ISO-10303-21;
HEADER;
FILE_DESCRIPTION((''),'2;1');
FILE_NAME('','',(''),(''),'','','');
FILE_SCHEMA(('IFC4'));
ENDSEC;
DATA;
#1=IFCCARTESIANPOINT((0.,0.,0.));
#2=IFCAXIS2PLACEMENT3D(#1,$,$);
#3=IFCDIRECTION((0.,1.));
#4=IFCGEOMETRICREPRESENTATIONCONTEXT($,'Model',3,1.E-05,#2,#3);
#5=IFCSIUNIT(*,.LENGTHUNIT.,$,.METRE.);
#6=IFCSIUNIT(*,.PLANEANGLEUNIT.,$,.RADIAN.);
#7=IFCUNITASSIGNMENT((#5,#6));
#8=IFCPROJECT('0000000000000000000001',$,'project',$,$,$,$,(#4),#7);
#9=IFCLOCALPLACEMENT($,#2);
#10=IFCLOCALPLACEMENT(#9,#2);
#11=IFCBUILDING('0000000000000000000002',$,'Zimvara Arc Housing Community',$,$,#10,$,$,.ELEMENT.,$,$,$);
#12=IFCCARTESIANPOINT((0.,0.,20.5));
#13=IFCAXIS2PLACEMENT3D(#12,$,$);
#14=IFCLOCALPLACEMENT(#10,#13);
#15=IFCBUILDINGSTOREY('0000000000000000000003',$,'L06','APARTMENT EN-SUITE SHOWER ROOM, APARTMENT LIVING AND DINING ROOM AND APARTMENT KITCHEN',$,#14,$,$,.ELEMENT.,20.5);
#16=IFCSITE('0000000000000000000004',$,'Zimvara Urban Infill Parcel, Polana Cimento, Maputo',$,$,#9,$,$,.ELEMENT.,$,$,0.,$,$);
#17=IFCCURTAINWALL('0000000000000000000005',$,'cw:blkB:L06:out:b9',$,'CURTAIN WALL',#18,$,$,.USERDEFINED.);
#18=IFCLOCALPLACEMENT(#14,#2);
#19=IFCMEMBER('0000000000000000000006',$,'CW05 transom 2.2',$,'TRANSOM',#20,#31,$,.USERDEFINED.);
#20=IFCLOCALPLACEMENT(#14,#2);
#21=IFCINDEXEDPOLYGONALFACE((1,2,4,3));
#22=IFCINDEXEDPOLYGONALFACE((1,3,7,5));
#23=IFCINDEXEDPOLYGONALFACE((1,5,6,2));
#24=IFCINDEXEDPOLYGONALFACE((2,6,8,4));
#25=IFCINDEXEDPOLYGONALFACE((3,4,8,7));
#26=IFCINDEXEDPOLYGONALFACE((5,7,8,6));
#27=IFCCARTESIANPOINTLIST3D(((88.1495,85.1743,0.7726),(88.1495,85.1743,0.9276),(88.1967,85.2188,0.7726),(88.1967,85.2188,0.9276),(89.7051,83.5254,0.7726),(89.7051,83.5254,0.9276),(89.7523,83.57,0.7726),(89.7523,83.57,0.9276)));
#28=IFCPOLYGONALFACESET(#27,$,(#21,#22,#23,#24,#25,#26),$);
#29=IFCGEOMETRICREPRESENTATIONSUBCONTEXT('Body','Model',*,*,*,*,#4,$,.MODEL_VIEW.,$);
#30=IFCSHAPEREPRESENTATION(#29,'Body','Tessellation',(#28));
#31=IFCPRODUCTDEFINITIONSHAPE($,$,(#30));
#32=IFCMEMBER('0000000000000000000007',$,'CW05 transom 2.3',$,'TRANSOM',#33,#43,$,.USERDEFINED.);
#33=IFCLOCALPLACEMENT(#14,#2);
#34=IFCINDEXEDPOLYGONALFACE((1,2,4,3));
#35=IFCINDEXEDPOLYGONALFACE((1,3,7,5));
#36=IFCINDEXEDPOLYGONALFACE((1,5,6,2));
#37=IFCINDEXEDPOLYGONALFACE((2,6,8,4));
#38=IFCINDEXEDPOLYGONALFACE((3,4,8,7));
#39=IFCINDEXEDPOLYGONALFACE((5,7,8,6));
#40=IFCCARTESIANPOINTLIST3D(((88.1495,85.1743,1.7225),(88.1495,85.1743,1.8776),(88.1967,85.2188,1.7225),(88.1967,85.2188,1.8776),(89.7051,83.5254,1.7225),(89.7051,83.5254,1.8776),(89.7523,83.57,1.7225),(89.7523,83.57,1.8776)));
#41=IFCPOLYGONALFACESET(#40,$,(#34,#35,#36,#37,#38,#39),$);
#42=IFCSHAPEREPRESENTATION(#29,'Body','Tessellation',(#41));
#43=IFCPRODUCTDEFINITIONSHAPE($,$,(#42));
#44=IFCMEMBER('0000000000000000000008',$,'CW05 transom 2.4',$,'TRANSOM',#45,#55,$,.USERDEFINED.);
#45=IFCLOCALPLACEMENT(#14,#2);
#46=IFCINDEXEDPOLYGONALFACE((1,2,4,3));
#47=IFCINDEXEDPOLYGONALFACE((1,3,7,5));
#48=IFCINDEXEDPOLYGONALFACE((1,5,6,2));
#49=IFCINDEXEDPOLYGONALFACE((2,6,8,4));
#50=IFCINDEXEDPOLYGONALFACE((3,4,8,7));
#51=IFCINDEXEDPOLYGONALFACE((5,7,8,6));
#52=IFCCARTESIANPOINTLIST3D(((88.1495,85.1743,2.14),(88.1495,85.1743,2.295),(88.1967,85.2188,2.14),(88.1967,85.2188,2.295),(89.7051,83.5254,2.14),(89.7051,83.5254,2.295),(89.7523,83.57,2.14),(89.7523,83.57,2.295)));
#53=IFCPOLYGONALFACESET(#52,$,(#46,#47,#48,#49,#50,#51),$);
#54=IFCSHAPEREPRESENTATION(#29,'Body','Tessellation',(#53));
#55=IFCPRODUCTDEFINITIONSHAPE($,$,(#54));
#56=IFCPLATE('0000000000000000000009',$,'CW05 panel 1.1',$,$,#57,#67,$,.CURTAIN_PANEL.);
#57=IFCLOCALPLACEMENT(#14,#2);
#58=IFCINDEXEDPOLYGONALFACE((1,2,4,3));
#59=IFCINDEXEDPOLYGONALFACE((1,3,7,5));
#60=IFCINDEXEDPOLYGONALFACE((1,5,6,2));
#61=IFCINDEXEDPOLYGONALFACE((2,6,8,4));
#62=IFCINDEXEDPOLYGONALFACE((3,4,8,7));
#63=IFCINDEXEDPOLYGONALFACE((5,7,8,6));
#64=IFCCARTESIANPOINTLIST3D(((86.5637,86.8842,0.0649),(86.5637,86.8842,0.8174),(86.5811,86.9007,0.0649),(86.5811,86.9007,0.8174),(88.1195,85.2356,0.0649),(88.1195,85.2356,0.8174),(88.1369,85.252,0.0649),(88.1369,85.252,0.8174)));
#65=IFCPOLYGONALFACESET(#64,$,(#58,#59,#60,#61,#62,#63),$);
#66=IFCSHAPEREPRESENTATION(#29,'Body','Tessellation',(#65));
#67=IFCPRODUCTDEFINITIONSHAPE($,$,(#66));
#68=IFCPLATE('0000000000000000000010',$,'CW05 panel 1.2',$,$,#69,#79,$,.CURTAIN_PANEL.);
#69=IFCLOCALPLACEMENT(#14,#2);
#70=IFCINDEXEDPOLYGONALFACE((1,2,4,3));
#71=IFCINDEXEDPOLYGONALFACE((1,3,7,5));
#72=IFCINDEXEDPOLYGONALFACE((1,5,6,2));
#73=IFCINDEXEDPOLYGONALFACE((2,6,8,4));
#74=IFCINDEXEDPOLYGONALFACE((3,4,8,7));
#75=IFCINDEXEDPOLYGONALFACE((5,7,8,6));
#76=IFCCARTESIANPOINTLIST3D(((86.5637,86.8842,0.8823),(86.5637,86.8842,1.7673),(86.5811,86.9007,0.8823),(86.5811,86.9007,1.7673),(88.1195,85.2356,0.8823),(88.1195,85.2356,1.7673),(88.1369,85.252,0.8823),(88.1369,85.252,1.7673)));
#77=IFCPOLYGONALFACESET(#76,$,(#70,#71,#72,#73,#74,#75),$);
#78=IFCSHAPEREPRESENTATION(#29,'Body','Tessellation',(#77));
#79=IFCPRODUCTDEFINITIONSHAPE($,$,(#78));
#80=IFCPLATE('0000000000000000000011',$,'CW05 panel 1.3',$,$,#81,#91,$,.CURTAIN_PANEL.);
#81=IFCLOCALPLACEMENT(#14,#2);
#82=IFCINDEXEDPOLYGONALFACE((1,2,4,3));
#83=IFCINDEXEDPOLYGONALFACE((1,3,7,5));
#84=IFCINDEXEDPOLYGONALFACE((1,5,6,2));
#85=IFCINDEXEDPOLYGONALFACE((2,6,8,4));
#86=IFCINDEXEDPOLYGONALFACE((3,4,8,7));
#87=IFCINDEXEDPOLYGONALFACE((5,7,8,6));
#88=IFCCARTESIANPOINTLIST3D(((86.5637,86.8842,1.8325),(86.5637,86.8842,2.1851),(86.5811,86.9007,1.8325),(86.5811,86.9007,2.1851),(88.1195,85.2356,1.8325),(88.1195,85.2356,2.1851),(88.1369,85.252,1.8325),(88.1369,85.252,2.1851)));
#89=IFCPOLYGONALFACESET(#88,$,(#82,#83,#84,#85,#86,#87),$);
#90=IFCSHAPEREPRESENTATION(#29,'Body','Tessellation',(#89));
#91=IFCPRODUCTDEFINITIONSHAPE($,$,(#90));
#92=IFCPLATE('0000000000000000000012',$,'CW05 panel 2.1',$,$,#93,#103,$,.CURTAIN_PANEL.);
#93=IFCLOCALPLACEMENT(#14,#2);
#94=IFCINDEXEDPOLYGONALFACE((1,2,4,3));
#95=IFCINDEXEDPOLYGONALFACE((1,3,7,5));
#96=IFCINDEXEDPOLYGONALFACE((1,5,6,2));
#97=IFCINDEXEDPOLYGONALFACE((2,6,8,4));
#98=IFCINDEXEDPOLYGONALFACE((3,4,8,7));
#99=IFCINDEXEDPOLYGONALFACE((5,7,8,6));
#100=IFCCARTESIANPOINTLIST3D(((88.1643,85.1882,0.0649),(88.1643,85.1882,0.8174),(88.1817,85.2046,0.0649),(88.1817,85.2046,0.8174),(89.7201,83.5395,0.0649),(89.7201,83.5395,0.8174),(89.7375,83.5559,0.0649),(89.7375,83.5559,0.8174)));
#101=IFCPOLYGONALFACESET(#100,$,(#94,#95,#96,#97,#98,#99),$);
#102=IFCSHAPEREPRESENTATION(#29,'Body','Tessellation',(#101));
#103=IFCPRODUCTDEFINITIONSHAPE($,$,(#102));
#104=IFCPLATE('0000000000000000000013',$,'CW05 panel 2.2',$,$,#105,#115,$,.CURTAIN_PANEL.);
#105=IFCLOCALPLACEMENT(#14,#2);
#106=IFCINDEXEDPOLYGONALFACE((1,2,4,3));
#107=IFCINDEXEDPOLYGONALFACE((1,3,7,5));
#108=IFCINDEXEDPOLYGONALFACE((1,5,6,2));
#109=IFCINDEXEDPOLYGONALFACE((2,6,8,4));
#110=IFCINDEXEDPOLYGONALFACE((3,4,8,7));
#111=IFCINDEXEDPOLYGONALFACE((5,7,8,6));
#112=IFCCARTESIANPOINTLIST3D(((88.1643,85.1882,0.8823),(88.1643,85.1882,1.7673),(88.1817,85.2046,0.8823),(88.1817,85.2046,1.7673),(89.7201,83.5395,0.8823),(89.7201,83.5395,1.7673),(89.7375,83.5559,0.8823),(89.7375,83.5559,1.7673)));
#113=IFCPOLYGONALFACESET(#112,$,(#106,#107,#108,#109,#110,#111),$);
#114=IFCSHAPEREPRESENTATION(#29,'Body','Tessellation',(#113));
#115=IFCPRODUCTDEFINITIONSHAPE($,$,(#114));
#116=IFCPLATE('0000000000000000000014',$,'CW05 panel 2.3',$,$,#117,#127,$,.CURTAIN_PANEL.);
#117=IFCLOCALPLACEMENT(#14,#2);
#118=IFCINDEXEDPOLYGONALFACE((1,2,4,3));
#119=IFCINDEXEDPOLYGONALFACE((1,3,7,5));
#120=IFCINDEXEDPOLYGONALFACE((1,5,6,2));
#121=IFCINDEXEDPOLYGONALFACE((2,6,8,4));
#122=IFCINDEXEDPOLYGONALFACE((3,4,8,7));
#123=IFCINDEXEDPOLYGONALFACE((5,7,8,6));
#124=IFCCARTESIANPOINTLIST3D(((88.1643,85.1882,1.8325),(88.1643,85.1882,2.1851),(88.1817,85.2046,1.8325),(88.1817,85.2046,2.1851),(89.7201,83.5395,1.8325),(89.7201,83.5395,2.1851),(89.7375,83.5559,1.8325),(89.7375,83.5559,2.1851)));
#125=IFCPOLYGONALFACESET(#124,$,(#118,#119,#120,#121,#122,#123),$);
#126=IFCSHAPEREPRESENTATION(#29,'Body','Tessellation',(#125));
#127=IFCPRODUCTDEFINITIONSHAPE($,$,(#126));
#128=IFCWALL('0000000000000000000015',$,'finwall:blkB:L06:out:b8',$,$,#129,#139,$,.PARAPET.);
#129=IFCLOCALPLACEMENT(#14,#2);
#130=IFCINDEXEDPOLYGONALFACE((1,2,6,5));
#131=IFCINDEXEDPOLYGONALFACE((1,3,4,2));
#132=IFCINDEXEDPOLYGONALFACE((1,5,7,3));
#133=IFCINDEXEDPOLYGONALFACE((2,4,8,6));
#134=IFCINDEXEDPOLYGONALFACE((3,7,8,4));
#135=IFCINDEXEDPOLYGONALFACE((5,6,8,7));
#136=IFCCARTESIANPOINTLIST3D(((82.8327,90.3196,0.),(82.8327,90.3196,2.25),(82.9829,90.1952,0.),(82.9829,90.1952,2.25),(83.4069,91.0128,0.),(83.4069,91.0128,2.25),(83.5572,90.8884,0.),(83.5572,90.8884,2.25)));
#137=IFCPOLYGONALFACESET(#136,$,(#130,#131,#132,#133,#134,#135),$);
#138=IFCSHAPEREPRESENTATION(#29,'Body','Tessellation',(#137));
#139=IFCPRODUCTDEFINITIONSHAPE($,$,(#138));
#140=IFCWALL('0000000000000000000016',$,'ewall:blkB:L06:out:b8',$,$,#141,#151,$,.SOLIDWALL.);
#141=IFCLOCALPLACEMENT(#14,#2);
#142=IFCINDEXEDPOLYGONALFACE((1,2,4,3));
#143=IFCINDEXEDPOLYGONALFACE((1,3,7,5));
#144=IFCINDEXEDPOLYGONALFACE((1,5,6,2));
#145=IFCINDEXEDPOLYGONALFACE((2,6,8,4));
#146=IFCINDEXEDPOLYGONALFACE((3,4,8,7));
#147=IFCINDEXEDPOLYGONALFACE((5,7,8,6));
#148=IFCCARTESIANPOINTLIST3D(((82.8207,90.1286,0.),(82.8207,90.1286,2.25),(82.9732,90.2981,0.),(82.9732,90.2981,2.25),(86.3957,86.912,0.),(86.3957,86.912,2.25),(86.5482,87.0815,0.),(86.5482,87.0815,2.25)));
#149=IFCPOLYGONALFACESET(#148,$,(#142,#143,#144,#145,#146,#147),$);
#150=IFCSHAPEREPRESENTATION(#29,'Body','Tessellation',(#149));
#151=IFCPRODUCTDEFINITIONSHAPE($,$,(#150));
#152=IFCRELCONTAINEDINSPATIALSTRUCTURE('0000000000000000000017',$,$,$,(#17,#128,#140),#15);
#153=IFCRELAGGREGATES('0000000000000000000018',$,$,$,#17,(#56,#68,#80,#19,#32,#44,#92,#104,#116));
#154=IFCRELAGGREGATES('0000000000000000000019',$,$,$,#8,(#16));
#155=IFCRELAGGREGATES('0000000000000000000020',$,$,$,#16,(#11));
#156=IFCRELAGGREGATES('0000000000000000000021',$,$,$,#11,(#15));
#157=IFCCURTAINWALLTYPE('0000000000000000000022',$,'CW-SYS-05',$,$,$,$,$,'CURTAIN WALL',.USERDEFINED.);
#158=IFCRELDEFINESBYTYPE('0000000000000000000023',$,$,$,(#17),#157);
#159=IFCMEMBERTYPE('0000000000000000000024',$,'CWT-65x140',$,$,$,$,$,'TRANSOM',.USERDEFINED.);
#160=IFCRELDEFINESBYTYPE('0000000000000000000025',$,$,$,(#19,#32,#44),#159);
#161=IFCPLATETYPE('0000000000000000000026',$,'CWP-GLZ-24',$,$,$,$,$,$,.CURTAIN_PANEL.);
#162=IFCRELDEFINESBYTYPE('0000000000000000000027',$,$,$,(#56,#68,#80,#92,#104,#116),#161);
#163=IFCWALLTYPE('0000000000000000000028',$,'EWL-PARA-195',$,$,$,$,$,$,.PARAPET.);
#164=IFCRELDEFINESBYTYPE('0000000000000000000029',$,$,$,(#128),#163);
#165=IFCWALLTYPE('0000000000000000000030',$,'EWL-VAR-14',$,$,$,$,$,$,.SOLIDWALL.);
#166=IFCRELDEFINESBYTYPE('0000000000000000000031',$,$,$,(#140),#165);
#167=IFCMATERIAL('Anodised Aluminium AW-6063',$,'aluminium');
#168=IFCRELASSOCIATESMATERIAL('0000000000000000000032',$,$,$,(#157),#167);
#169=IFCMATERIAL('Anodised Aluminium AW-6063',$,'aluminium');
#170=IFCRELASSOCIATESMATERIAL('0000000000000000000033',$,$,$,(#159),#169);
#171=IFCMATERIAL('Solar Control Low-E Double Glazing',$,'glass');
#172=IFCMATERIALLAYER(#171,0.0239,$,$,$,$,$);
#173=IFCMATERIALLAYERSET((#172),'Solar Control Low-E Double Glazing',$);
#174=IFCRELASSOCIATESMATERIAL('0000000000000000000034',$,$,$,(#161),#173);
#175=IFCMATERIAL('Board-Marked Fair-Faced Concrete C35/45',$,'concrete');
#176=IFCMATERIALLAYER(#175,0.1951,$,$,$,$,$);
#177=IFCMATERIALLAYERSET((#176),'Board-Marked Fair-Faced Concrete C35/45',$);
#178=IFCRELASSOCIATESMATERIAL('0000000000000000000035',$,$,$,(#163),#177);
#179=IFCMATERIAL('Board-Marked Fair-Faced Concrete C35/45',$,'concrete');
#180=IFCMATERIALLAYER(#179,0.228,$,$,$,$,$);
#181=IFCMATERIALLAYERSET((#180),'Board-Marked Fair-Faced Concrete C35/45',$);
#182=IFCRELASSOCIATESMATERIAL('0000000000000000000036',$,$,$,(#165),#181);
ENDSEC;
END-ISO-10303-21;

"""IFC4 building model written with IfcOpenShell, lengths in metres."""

from ifc_helpers import new_model, si_unit, direction, frame, frame_2d, origin, origin_2d, place, context, subcontext, project, spatial, rectangle, extrude, material, layer, layer_set, material_profile, profile_set, type_object, element, aggregate, save


model = new_model("IFC4")

# Units and contexts
model_context = context("Model", 3, precision=1e-05, world=origin(), true_north=direction((0.0, 1.0)))
body_context = subcontext(model_context, "Body", "Model", "MODEL_VIEW")
ifc_project = project(units=[si_unit("LENGTHUNIT", "METRE"), si_unit("PLANEANGLEUNIT", "RADIAN")], contexts=[model_context])

# Site, building, storey
site_placement = place(None, origin())
site = spatial("IfcSite", under=ifc_project, at=site_placement, Name="Zimvara Urban Infill Parcel, Polana Cimento, Maputo", CompositionType="ELEMENT", RefElevation=0.0)
building_placement = place(site_placement, origin())
building = spatial("IfcBuilding", under=site, at=building_placement, Name="Zimvara Arc Housing Community", CompositionType="ELEMENT")
storey_placement = place(building_placement, frame((0.0, 0.0, 20.5)))
storey = spatial("IfcBuildingStorey", under=building, at=storey_placement, Name="L06", Description="APARTMENT EN-SUITE SHOWER ROOM, APARTMENT LIVING AND DINING ROOM AND APARTMENT KITCHEN", CompositionType="ELEMENT", Elevation=20.5)

# Curtain wall, members, plates
ifc_material_1 = material(Name="Anodised Aluminium AW-6063", Category="aluminium")
curtain_wall_type_1 = type_object("IfcCurtainWallType", Name="CW-SYS-05", ElementType="CURTAIN WALL", PredefinedType="USERDEFINED", material=ifc_material_1)
curtain_wall_1_placement = place(storey_placement, origin())
curtain_wall_1 = element("IfcCurtainWall", 1, at=curtain_wall_1_placement, inside=storey, type_object=curtain_wall_type_1, Name="cw:blkB:L06:out:b9", ObjectType="CURTAIN WALL", PredefinedType="USERDEFINED")
ifc_material_2 = material(Name="Anodised Aluminium AW-6063", Category="aluminium")
ifc_material_profile_1 = material_profile(ifc_material_2, rectangle(XDim=0.0649, YDim=0.155, at=origin_2d()), Name="ALU 65x155")
ifc_profile_set_1 = profile_set([ifc_material_profile_1], Name="Anodised Aluminium AW-6063")
member_type_1 = type_object("IfcMemberType", Name="CWT-65x140", ElementType="TRANSOM", PredefinedType="USERDEFINED", material=ifc_profile_set_1)
member_1_placement = place(storey_placement, frame((88.1731, 85.1965, 0.8501), z_axis=(0.686238, -0.727377, 0.0), x_axis=(0.727377, 0.686238, 0.0)))
member_1 = element("IfcMember", 2, at=member_1_placement, type_object=member_type_1, Name="CW05 transom 2.2", ObjectType="TRANSOM", PredefinedType="USERDEFINED", context=body_context, shape_type="SweptSolid", body=[
    extrude(rectangle(XDim=0.0649, YDim=0.155, at=origin_2d()), origin(), (0.0, 0.0, 1.0), 2.2668),
])
member_2_placement = place(storey_placement, frame((88.1731, 85.1965, 1.8), z_axis=(0.686238, -0.727377, 0.0), x_axis=(0.727377, 0.686238, 0.0)))
member_2 = element("IfcMember", 3, at=member_2_placement, type_object=member_type_1, Name="CW05 transom 2.3", ObjectType="TRANSOM", PredefinedType="USERDEFINED", context=body_context, shape_type="SweptSolid", body=[
    extrude(rectangle(XDim=0.0649, YDim=0.155, at=origin_2d()), origin(), (0.0, 0.0, 1.0), 2.2668),
])
member_3_placement = place(storey_placement, frame((88.1731, 85.1965, 2.2175), z_axis=(0.686238, -0.727377, 0.0), x_axis=(0.727377, 0.686238, 0.0)))
member_3 = element("IfcMember", 4, at=member_3_placement, type_object=member_type_1, Name="CW05 transom 2.4", ObjectType="TRANSOM", PredefinedType="USERDEFINED", context=body_context, shape_type="SweptSolid", body=[
    extrude(rectangle(XDim=0.0649, YDim=0.155, at=origin_2d()), origin(), (0.0, 0.0, 1.0), 2.2668),
])
ifc_material_3 = material(Name="Solar Control Low-E Double Glazing", Category="glass")
ifc_layer_1 = layer(ifc_material_3, 0.0239)
ifc_layer_set_1 = layer_set([ifc_layer_1], Name="Solar Control Low-E Double Glazing")
plate_type = type_object("IfcPlateType", Name="CWP-GLZ-24", PredefinedType="CURTAIN_PANEL", material=ifc_layer_set_1)
plate_1_placement = place(storey_placement, frame((87.3503, 86.0681, 0.0649), z_axis=(0.0, 0.0, 1.0), x_axis=(0.686326, -0.727294, 0.0)))
plate_1 = element("IfcPlate", 5, at=plate_1_placement, type_object=plate_type, Name="CW05 panel 1.1", PredefinedType="CURTAIN_PANEL", context=body_context, shape_type="SweptSolid", body=[
    extrude(rectangle(XDim=2.2668, YDim=0.0239, at=origin_2d()), origin(), (0.0, 0.0, 1.0), 0.7524),
])
plate_2_placement = place(storey_placement, frame((87.3503, 86.0681, 0.8823), z_axis=(0.0, 0.0, 1.0), x_axis=(0.686326, -0.727294, 0.0)))
plate_2 = element("IfcPlate", 6, at=plate_2_placement, type_object=plate_type, Name="CW05 panel 1.2", PredefinedType="CURTAIN_PANEL", context=body_context, shape_type="SweptSolid", body=[
    extrude(rectangle(XDim=2.2668, YDim=0.0239, at=origin_2d()), origin(), (0.0, 0.0, 1.0), 0.885),
])
plate_3_placement = place(storey_placement, frame((87.3503, 86.0681, 1.8325), z_axis=(0.0, 0.0, 1.0), x_axis=(0.686326, -0.727294, 0.0)))
plate_3 = element("IfcPlate", 7, at=plate_3_placement, type_object=plate_type, Name="CW05 panel 1.3", PredefinedType="CURTAIN_PANEL", context=body_context, shape_type="SweptSolid", body=[
    extrude(rectangle(XDim=2.2668, YDim=0.0239, at=origin_2d()), origin(), (0.0, 0.0, 1.0), 0.3525),
])
plate_4_placement = place(storey_placement, frame((88.9509, 84.3721, 0.0649), z_axis=(0.0, 0.0, 1.0), x_axis=(0.686326, -0.727294, 0.0)))
plate_4 = element("IfcPlate", 8, at=plate_4_placement, type_object=plate_type, Name="CW05 panel 2.1", PredefinedType="CURTAIN_PANEL", context=body_context, shape_type="SweptSolid", body=[
    extrude(rectangle(XDim=2.2668, YDim=0.0239, at=origin_2d()), origin(), (0.0, 0.0, 1.0), 0.7524),
])
plate_5_placement = place(storey_placement, frame((88.9509, 84.3721, 0.8823), z_axis=(0.0, 0.0, 1.0), x_axis=(0.686326, -0.727294, 0.0)))
plate_5 = element("IfcPlate", 9, at=plate_5_placement, type_object=plate_type, Name="CW05 panel 2.2", PredefinedType="CURTAIN_PANEL", context=body_context, shape_type="SweptSolid", body=[
    extrude(rectangle(XDim=2.2668, YDim=0.0239, at=origin_2d()), origin(), (0.0, 0.0, 1.0), 0.885),
])
plate_6_placement = place(storey_placement, frame((88.9509, 84.3721, 1.8325), z_axis=(0.0, 0.0, 1.0), x_axis=(0.686326, -0.727294, 0.0)))
plate_6 = element("IfcPlate", 10, at=plate_6_placement, type_object=plate_type, Name="CW05 panel 2.3", PredefinedType="CURTAIN_PANEL", context=body_context, shape_type="SweptSolid", body=[
    extrude(rectangle(XDim=2.2668, YDim=0.0239, at=origin_2d()), origin(), (0.0, 0.0, 1.0), 0.3525),
])
aggregate(curtain_wall_1, [plate_1, plate_2, plate_3, member_1, member_2, member_3, plate_4, plate_5, plate_6])

# Walls
ifc_material_4 = material(Name="Board-Marked Fair-Faced Concrete C35/45", Category="concrete")
ifc_layer_2 = layer(ifc_material_4, 0.1951)
ifc_layer_set_2 = layer_set([ifc_layer_2], Name="Board-Marked Fair-Faced Concrete C35/45")
wall_type_1 = type_object("IfcWallType", Name="EWL-PARA-195", PredefinedType="PARAPET", material=ifc_layer_set_2)
wall_1_placement = place(storey_placement, frame((82.9077, 90.2573, 0.0), z_axis=(0.0, 0.0, 1.0), x_axis=(0.637967, 0.770063, 0.0)))
element("IfcWall", 11, at=wall_1_placement, inside=storey, type_object=wall_type_1, Name="finwall:blkB:L06:out:b8", PredefinedType="PARAPET", context=body_context, shape_type="SweptSolid", body=[
    extrude(rectangle(XDim=0.9001, YDim=0.1951, at=frame_2d((0.4502, 0.0))), origin(), (0.0, 0.0, 1.0), 2.25),
])
ifc_material_5 = material(Name="Board-Marked Fair-Faced Concrete C35/45", Category="concrete")
ifc_layer_3 = layer(ifc_material_5, 0.228)
ifc_layer_set_3 = layer_set([ifc_layer_3], Name="Board-Marked Fair-Faced Concrete C35/45")
wall_type_2 = type_object("IfcWallType", Name="EWL-VAR-14", PredefinedType="SOLIDWALL", material=ifc_layer_set_3)
wall_2_placement = place(storey_placement, frame((82.897, 90.2134, 0.0), z_axis=(0.0, 0.0, 1.0), x_axis=(0.743388, -0.668861, 0.0)))
element("IfcWall", 12, at=wall_2_placement, inside=storey, type_object=wall_type_2, Name="ewall:blkB:L06:out:b8", PredefinedType="SOLIDWALL", context=body_context, shape_type="SweptSolid", body=[
    extrude(rectangle(XDim=4.8091, YDim=0.228, at=frame_2d((2.4045, 0.0))), origin(), (0.0, 0.0, 1.0), 2.25),
])

save(model, "model.ifc")
